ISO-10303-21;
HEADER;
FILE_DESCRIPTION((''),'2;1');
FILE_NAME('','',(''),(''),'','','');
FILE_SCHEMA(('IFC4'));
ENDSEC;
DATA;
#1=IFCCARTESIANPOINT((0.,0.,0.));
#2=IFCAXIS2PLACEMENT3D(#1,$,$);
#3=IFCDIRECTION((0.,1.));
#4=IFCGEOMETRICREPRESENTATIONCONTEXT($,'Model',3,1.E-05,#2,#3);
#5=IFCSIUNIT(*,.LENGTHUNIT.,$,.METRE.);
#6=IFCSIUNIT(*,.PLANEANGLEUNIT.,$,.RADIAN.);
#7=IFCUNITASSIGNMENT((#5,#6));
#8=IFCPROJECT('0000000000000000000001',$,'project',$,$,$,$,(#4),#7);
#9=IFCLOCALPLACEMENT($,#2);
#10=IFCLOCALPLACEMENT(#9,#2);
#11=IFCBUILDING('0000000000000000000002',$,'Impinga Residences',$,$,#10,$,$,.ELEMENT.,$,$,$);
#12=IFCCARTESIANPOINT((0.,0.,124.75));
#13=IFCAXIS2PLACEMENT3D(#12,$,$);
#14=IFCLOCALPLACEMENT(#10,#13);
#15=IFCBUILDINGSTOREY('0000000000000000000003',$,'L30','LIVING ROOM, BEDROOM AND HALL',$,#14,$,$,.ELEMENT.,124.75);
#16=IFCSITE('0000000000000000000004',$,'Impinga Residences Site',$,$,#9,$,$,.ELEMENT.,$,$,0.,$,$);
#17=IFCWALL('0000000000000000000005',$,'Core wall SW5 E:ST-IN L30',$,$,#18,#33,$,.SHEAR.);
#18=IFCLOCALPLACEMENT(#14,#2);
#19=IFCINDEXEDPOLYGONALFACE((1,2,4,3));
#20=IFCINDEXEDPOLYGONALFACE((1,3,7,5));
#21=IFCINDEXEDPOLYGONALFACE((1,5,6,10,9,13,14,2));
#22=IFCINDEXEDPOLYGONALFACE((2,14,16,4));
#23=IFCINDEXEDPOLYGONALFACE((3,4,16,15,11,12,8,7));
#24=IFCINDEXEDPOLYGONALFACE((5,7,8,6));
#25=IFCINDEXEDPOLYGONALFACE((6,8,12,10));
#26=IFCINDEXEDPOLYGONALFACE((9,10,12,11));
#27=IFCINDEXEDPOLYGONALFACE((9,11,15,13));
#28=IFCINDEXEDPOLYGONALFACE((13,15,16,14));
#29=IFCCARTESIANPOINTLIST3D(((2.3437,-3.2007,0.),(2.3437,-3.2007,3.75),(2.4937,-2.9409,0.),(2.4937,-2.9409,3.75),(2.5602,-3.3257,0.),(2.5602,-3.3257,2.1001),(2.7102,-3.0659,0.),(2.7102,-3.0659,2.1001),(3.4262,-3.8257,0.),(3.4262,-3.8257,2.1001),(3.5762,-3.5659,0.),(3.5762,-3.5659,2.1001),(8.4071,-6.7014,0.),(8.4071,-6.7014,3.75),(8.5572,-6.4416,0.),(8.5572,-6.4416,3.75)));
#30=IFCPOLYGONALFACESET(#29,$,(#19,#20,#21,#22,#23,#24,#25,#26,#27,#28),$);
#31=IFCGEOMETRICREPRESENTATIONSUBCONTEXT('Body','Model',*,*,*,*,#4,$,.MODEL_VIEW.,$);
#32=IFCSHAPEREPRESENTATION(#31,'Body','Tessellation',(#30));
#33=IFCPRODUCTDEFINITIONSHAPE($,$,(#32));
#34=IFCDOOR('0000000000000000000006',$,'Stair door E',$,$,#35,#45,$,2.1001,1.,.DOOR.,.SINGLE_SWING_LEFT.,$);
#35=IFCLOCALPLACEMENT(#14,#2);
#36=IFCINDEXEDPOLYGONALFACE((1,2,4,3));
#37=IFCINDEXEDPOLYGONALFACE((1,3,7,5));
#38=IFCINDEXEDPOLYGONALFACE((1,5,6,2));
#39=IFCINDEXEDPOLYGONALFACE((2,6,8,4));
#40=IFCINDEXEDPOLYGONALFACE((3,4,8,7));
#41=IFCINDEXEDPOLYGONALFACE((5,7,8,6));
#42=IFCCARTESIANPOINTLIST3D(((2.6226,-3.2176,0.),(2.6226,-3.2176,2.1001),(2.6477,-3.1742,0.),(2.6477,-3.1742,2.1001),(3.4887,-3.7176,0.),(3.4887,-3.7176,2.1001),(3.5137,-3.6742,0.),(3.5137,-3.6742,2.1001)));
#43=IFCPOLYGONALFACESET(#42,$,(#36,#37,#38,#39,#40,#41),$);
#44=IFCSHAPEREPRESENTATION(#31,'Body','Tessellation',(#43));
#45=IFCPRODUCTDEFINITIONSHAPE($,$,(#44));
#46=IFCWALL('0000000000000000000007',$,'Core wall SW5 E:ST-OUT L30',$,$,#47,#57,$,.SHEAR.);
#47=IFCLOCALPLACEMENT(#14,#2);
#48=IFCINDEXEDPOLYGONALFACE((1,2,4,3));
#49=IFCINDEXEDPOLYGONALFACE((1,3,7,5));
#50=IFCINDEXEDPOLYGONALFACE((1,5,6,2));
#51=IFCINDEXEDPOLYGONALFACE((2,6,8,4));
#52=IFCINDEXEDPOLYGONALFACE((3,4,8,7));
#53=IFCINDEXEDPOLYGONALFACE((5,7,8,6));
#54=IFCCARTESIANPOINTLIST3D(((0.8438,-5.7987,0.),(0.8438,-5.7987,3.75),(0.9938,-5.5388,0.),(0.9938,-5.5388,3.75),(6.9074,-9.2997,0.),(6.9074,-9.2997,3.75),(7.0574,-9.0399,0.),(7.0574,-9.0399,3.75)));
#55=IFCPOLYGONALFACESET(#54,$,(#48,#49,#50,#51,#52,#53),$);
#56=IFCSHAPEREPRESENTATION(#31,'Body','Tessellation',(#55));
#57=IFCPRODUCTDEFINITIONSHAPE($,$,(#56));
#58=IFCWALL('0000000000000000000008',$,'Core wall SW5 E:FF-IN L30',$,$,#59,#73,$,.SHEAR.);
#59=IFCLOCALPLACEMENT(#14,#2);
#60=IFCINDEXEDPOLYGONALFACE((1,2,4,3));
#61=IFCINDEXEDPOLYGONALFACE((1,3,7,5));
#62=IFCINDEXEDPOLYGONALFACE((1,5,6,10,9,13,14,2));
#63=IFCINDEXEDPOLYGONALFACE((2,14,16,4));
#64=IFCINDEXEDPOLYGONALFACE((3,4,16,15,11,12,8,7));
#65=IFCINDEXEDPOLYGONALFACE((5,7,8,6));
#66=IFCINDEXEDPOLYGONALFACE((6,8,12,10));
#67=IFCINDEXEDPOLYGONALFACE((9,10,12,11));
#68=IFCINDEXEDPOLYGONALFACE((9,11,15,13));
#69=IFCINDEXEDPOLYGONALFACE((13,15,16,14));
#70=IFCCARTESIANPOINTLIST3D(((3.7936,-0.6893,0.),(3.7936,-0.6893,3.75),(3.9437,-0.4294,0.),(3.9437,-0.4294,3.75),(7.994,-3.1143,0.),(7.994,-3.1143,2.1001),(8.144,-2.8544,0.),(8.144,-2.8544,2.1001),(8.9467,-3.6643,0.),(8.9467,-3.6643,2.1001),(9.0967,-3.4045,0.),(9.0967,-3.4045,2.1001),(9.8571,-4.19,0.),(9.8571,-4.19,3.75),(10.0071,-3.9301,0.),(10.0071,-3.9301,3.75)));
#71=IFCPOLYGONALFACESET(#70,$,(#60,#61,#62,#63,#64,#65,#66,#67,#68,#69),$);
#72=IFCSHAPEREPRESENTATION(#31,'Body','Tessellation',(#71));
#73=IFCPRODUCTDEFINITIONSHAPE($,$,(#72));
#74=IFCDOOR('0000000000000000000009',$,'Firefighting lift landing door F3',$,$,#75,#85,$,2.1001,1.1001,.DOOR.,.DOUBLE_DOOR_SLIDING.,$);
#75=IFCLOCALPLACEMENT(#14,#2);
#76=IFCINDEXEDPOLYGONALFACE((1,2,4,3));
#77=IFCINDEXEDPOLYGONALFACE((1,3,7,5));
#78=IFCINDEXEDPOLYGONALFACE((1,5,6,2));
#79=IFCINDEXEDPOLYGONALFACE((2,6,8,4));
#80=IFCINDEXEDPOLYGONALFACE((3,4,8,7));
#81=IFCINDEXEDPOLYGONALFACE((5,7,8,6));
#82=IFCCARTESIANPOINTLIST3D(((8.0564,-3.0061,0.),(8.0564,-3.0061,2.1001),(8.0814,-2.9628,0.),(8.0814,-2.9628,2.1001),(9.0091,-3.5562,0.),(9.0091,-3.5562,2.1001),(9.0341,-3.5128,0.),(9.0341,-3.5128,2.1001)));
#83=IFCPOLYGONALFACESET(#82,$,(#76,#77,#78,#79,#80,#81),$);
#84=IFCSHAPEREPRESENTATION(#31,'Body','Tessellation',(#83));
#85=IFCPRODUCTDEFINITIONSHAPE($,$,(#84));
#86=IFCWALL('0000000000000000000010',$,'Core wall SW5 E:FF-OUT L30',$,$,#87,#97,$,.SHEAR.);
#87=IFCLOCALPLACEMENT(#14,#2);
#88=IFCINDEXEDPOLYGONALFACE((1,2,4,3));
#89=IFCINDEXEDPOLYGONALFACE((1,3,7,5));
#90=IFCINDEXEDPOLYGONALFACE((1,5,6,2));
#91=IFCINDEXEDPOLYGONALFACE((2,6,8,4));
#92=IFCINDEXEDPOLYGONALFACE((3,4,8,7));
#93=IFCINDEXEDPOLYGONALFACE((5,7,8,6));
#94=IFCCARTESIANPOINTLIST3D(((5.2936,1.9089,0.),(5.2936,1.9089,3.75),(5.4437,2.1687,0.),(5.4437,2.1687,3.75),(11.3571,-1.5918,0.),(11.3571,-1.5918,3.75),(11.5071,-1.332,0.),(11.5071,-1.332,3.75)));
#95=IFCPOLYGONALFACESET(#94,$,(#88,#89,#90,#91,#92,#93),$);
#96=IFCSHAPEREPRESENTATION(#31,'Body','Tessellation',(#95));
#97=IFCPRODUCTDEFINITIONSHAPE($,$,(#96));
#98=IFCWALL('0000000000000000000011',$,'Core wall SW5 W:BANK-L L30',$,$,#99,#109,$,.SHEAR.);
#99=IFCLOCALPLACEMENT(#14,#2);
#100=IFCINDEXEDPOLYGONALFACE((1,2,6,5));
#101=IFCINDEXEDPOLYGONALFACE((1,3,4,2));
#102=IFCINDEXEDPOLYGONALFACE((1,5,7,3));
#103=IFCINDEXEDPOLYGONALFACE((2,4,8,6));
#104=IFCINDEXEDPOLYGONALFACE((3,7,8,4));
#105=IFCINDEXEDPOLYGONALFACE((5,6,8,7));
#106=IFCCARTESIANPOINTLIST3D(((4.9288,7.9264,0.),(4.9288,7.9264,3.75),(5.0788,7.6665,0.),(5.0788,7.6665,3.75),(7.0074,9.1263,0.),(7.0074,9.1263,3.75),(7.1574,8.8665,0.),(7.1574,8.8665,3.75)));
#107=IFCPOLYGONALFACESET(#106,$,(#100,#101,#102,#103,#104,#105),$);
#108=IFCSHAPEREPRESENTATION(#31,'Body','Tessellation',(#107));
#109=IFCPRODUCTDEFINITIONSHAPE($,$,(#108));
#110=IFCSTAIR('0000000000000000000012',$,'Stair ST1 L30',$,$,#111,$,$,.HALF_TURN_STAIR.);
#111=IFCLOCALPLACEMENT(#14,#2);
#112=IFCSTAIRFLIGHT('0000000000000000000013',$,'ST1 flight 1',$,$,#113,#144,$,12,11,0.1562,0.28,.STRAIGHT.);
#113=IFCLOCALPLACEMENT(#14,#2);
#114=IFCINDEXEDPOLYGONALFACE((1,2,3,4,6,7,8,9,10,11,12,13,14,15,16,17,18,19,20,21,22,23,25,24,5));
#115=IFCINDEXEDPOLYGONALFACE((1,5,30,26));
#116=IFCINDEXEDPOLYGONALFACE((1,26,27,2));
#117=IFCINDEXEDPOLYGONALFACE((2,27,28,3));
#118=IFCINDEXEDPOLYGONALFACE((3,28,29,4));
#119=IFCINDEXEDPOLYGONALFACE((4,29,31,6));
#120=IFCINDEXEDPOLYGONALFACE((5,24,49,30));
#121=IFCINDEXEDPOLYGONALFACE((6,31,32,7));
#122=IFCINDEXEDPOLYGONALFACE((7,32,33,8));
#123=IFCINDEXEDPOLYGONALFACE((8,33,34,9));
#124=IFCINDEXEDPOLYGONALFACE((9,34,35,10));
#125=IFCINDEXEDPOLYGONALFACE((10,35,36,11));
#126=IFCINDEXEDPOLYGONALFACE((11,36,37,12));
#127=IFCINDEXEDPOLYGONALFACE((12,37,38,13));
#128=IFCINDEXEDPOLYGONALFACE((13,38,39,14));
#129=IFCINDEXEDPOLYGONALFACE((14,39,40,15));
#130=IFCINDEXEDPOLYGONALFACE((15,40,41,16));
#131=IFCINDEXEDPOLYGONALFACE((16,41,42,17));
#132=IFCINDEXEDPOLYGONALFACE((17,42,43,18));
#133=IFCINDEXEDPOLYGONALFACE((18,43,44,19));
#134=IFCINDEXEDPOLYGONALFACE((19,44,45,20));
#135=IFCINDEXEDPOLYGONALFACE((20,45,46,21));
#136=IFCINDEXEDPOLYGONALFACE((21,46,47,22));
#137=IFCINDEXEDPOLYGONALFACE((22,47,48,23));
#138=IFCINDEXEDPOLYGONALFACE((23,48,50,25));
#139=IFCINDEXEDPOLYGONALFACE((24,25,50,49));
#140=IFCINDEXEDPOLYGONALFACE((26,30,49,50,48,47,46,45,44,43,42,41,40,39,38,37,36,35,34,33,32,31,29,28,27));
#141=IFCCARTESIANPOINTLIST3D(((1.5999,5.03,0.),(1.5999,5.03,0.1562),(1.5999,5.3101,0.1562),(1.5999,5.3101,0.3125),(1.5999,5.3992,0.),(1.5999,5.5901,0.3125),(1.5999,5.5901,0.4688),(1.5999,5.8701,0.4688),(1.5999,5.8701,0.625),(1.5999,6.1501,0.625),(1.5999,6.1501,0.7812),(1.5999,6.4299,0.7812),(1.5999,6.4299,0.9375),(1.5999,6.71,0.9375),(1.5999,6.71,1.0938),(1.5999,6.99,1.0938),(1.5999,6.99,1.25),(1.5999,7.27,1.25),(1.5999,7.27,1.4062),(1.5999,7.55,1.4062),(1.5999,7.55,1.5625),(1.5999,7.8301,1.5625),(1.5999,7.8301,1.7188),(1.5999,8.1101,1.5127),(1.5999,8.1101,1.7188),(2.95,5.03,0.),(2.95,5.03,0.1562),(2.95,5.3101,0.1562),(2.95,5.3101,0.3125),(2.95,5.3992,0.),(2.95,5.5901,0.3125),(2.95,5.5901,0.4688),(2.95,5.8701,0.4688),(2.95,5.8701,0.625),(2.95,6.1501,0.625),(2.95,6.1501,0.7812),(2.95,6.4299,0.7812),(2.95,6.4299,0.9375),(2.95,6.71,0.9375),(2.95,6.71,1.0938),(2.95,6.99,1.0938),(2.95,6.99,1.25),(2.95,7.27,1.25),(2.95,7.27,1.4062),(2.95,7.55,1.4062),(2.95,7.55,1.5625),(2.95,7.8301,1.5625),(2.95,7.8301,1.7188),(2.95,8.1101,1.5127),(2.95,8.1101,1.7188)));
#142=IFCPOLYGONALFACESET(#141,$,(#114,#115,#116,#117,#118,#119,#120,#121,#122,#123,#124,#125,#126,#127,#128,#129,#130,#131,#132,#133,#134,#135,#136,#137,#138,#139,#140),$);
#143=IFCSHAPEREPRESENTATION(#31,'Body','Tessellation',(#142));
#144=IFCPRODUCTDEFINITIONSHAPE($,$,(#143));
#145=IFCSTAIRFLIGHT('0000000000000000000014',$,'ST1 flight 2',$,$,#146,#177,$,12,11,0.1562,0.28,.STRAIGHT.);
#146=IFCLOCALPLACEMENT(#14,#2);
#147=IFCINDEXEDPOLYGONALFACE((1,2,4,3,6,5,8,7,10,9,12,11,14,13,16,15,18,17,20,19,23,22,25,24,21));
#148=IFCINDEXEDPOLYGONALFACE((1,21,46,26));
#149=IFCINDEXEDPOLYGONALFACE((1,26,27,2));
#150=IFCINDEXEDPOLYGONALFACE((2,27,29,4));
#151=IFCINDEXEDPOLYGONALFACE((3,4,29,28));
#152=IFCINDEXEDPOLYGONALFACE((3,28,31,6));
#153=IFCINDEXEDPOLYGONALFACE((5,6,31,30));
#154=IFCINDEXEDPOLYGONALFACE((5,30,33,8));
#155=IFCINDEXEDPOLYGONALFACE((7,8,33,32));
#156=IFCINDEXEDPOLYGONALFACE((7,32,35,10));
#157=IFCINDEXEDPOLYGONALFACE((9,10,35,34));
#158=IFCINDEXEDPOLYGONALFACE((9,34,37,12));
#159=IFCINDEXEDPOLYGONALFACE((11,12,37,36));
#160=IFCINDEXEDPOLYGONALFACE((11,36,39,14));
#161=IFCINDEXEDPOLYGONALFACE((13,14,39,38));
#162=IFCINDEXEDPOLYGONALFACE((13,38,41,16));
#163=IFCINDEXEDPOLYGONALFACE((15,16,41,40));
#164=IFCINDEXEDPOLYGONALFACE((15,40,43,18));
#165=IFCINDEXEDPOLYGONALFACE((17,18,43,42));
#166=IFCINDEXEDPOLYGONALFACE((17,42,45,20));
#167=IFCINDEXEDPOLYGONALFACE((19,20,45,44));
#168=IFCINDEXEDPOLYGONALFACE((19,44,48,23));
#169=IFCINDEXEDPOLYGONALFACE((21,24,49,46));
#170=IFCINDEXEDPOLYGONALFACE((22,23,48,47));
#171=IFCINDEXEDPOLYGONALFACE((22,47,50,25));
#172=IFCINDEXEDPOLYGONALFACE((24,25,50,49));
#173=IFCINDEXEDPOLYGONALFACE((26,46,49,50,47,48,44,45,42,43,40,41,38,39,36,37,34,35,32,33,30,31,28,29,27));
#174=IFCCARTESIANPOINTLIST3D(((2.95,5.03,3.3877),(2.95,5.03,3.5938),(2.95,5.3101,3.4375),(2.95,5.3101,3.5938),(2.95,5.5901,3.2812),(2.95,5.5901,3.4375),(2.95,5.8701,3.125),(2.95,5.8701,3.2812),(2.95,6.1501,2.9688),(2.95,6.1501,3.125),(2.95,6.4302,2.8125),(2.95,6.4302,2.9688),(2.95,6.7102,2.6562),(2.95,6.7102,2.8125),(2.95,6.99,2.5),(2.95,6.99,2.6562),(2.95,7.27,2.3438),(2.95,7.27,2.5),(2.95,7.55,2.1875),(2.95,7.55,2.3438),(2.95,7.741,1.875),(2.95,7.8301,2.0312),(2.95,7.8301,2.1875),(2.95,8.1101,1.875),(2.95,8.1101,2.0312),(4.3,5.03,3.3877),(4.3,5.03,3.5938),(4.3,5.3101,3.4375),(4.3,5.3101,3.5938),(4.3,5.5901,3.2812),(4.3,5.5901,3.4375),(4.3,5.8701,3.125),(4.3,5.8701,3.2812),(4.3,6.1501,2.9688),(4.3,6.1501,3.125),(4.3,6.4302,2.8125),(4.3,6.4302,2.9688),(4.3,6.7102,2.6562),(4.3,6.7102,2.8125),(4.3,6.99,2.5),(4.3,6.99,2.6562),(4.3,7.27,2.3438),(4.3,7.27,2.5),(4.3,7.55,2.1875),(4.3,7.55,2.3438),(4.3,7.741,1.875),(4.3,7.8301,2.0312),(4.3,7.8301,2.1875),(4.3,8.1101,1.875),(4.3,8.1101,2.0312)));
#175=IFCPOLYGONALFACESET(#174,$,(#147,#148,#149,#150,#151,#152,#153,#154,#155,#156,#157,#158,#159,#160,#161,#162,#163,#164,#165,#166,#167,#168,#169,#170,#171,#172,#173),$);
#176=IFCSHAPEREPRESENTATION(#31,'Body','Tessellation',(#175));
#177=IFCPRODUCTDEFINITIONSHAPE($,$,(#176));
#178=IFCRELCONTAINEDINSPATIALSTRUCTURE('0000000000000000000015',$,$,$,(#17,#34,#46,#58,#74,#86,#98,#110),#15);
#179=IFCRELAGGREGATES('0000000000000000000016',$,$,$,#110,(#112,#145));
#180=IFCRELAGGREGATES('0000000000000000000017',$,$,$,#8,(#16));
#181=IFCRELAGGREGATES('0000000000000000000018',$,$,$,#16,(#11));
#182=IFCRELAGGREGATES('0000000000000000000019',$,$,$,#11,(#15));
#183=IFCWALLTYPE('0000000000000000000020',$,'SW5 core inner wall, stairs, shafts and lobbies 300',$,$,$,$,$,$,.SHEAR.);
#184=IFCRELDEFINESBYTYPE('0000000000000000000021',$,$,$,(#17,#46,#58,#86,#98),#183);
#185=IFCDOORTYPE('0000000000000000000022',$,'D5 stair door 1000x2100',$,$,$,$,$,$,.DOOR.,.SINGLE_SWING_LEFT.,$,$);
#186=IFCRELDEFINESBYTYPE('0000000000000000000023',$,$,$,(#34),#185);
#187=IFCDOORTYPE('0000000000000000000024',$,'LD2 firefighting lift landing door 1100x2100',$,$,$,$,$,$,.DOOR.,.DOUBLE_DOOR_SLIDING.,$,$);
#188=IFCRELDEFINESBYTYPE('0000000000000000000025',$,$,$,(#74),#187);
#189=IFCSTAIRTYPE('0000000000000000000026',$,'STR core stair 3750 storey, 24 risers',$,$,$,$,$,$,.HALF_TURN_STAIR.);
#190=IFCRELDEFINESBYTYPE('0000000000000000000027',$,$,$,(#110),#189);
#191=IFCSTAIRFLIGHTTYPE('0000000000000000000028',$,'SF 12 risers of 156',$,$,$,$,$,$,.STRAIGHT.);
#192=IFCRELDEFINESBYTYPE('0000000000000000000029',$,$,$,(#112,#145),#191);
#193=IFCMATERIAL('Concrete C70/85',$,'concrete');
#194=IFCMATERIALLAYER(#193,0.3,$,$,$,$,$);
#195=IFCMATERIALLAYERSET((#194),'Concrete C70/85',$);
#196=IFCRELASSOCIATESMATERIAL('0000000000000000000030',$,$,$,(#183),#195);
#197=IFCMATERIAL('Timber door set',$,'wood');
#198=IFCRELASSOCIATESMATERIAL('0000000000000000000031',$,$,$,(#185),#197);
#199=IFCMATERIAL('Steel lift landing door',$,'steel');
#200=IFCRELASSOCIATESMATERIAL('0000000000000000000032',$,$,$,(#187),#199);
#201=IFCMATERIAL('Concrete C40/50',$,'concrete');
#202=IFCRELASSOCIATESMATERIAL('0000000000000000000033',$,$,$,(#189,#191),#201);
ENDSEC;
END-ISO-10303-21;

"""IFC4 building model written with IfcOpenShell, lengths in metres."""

from ifc_helpers import new_model, si_unit, direction, frame, frame_2d, origin, place, context, subcontext, project, spatial, polyline, rectangle, outline, extrude, material, layer, layer_set, type_object, element, fill, aggregate, save


model = new_model("IFC4")

# Units and contexts
model_context = context("Model", 3, precision=1e-05, world=origin(), true_north=direction((0.0, 1.0)))
body_context = subcontext(model_context, "Body", "Model", "MODEL_VIEW")
ifc_project = project(units=[si_unit("LENGTHUNIT", "METRE"), si_unit("PLANEANGLEUNIT", "RADIAN")], contexts=[model_context])

# Site, building, storey
site_placement = place(None, origin())
site = spatial("IfcSite", under=ifc_project, at=site_placement, Name="Impinga Residences Site", CompositionType="ELEMENT", RefElevation=0.0)
building_placement = place(site_placement, origin())
building = spatial("IfcBuilding", under=site, at=building_placement, Name="Impinga Residences", CompositionType="ELEMENT")
storey_placement = place(building_placement, frame((0.0, 0.0, 124.75)))
storey = spatial("IfcBuildingStorey", under=building, at=storey_placement, Name="L30", Description="LIVING ROOM, BEDROOM AND HALL", CompositionType="ELEMENT", Elevation=124.75)

# Shared definitions
ifc_material_1 = material(Name="Concrete C40/50", Category="concrete")

# Shared definitions
ifc_material_2 = material(Name="Concrete C70/85", Category="concrete")
ifc_layer_1 = layer(ifc_material_2, 0.3)
ifc_layer_set_1 = layer_set([ifc_layer_1], Name="Concrete C70/85")
wall_type = type_object("IfcWallType", Name="SW5 core inner wall, stairs, shafts and lobbies 300", PredefinedType="SHEAR", material=ifc_layer_set_1)
ifc_material_3 = material(Name="Timber door set", Category="wood")
door_type_1 = type_object("IfcDoorType", Name="D5 stair door 1000x2100", OperationType="SINGLE_SWING_LEFT", PredefinedType="DOOR", material=ifc_material_3)

# Wall, opening, door
wall_1_placement = place(storey_placement, frame((2.4187, -3.0708, 0.0), z_axis=(0.0, 0.0, 1.0), x_axis=(0.866026, -0.499998, 0.0)))
wall_1 = element("IfcWall", 1, at=wall_1_placement, inside=storey, type_object=wall_type, Name="Core wall SW5 E:ST-IN L30", PredefinedType="SHEAR", context=body_context, shape_type="SweptSolid", body=[
    extrude(rectangle(XDim=7.0015, YDim=0.3, at=frame_2d((3.5007, 0.0))), origin(), (0.0, 0.0, 1.0), 3.75),
])
opening_1_placement = place(wall_1_placement, frame((0.25, 0.0, 0.0)))
opening_1 = element("IfcOpeningElement", 2, at=opening_1_placement, cuts=wall_1, PredefinedType="OPENING", context=body_context, shape_type="SweptSolid", body=[
    extrude(rectangle(XDim=1.0, YDim=2.1001, at=frame_2d((0.5, 1.05))), frame((0.0, 0.1599, 0.0), z_axis=(0.0, -1.0, 0.0), x_axis=(1.0, 0.0, 0.0)), (0.0, 0.0, 1.0), 0.3201),
])
door_1_placement = place(opening_1_placement, origin())
door_1 = element("IfcDoor", 3, at=door_1_placement, inside=storey, type_object=door_type_1, Name="Stair door E", OperationType="SINGLE_SWING_LEFT", OverallHeight=2.1001, OverallWidth=1.0, PredefinedType="DOOR", context=body_context, shape_type="SweptSolid", body=[
    extrude(rectangle(XDim=1.0, YDim=2.1001, at=frame_2d((0.5, 1.05))), frame((0.0, 0.0249, 0.0), z_axis=(0.0, -1.0, 0.0), x_axis=(1.0, 0.0, 0.0)), (0.0, 0.0, 1.0), 0.05),
])
fill(opening_1, door_1)

# Wall
wall_2_placement = place(storey_placement, frame((0.9187, -5.6687, 0.0), z_axis=(0.0, 0.0, 1.0), x_axis=(0.866011, -0.500024, 0.0)))
element("IfcWall", 4, at=wall_2_placement, inside=storey, type_object=wall_type, Name="Core wall SW5 E:ST-OUT L30", PredefinedType="SHEAR", context=body_context, shape_type="SweptSolid", body=[
    extrude(rectangle(XDim=7.0017, YDim=0.3, at=frame_2d((3.501, 0.0))), origin(), (0.0, 0.0, 1.0), 3.75),
])

# Wall, opening, door
wall_3_placement = place(storey_placement, frame((3.8687, -0.5593, 0.0), z_axis=(0.0, 0.0, 1.0), x_axis=(0.866026, -0.499998, 0.0)))
wall_3 = element("IfcWall", 5, at=wall_3_placement, inside=storey, type_object=wall_type, Name="Core wall SW5 E:FF-IN L30", PredefinedType="SHEAR", context=body_context, shape_type="SweptSolid", body=[
    extrude(rectangle(XDim=7.0015, YDim=0.3, at=frame_2d((3.5007, 0.0))), origin(), (0.0, 0.0, 1.0), 3.75),
])
opening_2_placement = place(wall_3_placement, frame((4.8501, 0.0, 0.0)))
opening_2 = element("IfcOpeningElement", 6, at=opening_2_placement, cuts=wall_3, PredefinedType="OPENING", context=body_context, shape_type="SweptSolid", body=[
    extrude(rectangle(XDim=1.1001, YDim=2.1001, at=frame_2d((0.55, 1.05))), frame((0.0, 0.1599, 0.0), z_axis=(0.0, -1.0, 0.0), x_axis=(1.0, 0.0, 0.0)), (0.0, 0.0, 1.0), 0.3201),
])
ifc_material_4 = material(Name="Steel lift landing door", Category="steel")
door_type_2 = type_object("IfcDoorType", Name="LD2 firefighting lift landing door 1100x2100", OperationType="DOUBLE_DOOR_SLIDING", PredefinedType="DOOR", material=ifc_material_4)
door_2_placement = place(opening_2_placement, origin())
door_2 = element("IfcDoor", 7, at=door_2_placement, inside=storey, type_object=door_type_2, Name="Firefighting lift landing door F3", OperationType="DOUBLE_DOOR_SLIDING", OverallHeight=2.1001, OverallWidth=1.1001, PredefinedType="DOOR", context=body_context, shape_type="SweptSolid", body=[
    extrude(rectangle(XDim=1.1001, YDim=2.1001, at=frame_2d((0.55, 1.05))), frame((0.0, 0.0249, 0.0), z_axis=(0.0, -1.0, 0.0), x_axis=(1.0, 0.0, 0.0)), (0.0, 0.0, 1.0), 0.05),
])
fill(opening_2, door_2)

# Walls
wall_4_placement = place(storey_placement, frame((5.3687, 2.0388, 0.0), z_axis=(0.0, 0.0, 1.0), x_axis=(0.866026, -0.499998, 0.0)))
element("IfcWall", 8, at=wall_4_placement, inside=storey, type_object=wall_type, Name="Core wall SW5 E:FF-OUT L30", PredefinedType="SHEAR", context=body_context, shape_type="SweptSolid", body=[
    extrude(rectangle(XDim=7.0015, YDim=0.3, at=frame_2d((3.5007, 0.0))), origin(), (0.0, 0.0, 1.0), 3.75),
])
wall_5_placement = place(storey_placement, frame((5.0037, 7.7964, 0.0), z_axis=(0.0, 0.0, 1.0), x_axis=(0.86605, 0.499957, 0.0)))
element("IfcWall", 9, at=wall_5_placement, inside=storey, type_object=wall_type, Name="Core wall SW5 W:BANK-L L30", PredefinedType="SHEAR", context=body_context, shape_type="SweptSolid", body=[
    extrude(rectangle(XDim=2.4001, YDim=0.3, at=frame_2d((1.2002, 0.0))), origin(), (0.0, 0.0, 1.0), 3.75),
])

# Stair, stair flights
stair_type_1 = type_object("IfcStairType", Name="STR core stair 3750 storey, 24 risers", PredefinedType="HALF_TURN_STAIR", material=ifc_material_1)
stair_1_placement = place(storey_placement, origin())
stair_1 = element("IfcStair", 10, at=stair_1_placement, inside=storey, type_object=stair_type_1, Name="Stair ST1 L30", PredefinedType="HALF_TURN_STAIR")
stair_flight_type = type_object("IfcStairFlightType", Name="SF 12 risers of 156", PredefinedType="STRAIGHT", material=ifc_material_1)
stair_flight_1_placement = place(storey_placement, frame((2.2749, 5.03, 0.0), z_axis=(0.0, 0.0, 1.0), x_axis=(0.0, 1.0, 0.0)))
stair_flight_1 = element("IfcStairFlight", 11, at=stair_flight_1_placement, type_object=stair_flight_type, Name="ST1 flight 1", NumberOfRisers=12, NumberOfTreads=11, PredefinedType="STRAIGHT", RiserHeight=0.1562, TreadLength=0.28, context=body_context, shape_type="SweptSolid", body=[
    extrude(outline(polyline([(0.0, 0.0), (0.0, 0.1562), (0.28, 0.1562), (0.28, 0.3125), (0.5601, 0.3125), (0.5601, 0.4688), (0.8401, 0.4688), (0.8401, 0.625), (1.1201, 0.625), (1.1201, 0.7812), (1.3999, 0.7812), (1.3999, 0.9375), (1.6799, 0.9375), (1.6799, 1.0938), (1.96, 1.0938), (1.96, 1.25), (2.24, 1.25), (2.24, 1.4062), (2.52, 1.4062), (2.52, 1.5625), (2.8, 1.5625), (2.8, 1.7188), (3.0801, 1.7188), (3.0801, 1.875), (3.0801, 1.5127), (0.3691, 0.0), (0.0, 0.0)])), frame((0.0, 0.675, 0.0), z_axis=(0.0, -1.0, 0.0), x_axis=(1.0, 0.0, 0.0)), (0.0, 0.0, 1.0), 1.3501),
])
stair_flight_2_placement = place(storey_placement, frame((3.625, 8.1101, 1.875), z_axis=(0.0, 0.0, 1.0), x_axis=(0.0, -1.0, 0.0)))
stair_flight_2 = element("IfcStairFlight", 12, at=stair_flight_2_placement, type_object=stair_flight_type, Name="ST1 flight 2", NumberOfRisers=12, NumberOfTreads=11, PredefinedType="STRAIGHT", RiserHeight=0.1562, TreadLength=0.28, context=body_context, shape_type="SweptSolid", body=[
    extrude(outline(polyline([(0.0, 0.0), (0.0, 0.1562), (0.28, 0.1562), (0.28, 0.3125), (0.5601, 0.3125), (0.5601, 0.4688), (0.8401, 0.4688), (0.8401, 0.625), (1.1201, 0.625), (1.1201, 0.7812), (1.3999, 0.7812), (1.3999, 0.9375), (1.6799, 0.9375), (1.6799, 1.0938), (1.96, 1.0938), (1.96, 1.25), (2.24, 1.25), (2.24, 1.4062), (2.52, 1.4062), (2.52, 1.5625), (2.8, 1.5625), (2.8, 1.7188), (3.0801, 1.7188), (3.0801, 1.875), (3.0801, 1.5127), (0.3691, 0.0), (0.0, 0.0)])), frame((0.0, 0.675, 0.0), z_axis=(0.0, -1.0, 0.0), x_axis=(1.0, 0.0, 0.0)), (0.0, 0.0, 1.0), 1.3501),
])
aggregate(stair_1, [stair_flight_1, stair_flight_2])

save(model, "model.ifc")
